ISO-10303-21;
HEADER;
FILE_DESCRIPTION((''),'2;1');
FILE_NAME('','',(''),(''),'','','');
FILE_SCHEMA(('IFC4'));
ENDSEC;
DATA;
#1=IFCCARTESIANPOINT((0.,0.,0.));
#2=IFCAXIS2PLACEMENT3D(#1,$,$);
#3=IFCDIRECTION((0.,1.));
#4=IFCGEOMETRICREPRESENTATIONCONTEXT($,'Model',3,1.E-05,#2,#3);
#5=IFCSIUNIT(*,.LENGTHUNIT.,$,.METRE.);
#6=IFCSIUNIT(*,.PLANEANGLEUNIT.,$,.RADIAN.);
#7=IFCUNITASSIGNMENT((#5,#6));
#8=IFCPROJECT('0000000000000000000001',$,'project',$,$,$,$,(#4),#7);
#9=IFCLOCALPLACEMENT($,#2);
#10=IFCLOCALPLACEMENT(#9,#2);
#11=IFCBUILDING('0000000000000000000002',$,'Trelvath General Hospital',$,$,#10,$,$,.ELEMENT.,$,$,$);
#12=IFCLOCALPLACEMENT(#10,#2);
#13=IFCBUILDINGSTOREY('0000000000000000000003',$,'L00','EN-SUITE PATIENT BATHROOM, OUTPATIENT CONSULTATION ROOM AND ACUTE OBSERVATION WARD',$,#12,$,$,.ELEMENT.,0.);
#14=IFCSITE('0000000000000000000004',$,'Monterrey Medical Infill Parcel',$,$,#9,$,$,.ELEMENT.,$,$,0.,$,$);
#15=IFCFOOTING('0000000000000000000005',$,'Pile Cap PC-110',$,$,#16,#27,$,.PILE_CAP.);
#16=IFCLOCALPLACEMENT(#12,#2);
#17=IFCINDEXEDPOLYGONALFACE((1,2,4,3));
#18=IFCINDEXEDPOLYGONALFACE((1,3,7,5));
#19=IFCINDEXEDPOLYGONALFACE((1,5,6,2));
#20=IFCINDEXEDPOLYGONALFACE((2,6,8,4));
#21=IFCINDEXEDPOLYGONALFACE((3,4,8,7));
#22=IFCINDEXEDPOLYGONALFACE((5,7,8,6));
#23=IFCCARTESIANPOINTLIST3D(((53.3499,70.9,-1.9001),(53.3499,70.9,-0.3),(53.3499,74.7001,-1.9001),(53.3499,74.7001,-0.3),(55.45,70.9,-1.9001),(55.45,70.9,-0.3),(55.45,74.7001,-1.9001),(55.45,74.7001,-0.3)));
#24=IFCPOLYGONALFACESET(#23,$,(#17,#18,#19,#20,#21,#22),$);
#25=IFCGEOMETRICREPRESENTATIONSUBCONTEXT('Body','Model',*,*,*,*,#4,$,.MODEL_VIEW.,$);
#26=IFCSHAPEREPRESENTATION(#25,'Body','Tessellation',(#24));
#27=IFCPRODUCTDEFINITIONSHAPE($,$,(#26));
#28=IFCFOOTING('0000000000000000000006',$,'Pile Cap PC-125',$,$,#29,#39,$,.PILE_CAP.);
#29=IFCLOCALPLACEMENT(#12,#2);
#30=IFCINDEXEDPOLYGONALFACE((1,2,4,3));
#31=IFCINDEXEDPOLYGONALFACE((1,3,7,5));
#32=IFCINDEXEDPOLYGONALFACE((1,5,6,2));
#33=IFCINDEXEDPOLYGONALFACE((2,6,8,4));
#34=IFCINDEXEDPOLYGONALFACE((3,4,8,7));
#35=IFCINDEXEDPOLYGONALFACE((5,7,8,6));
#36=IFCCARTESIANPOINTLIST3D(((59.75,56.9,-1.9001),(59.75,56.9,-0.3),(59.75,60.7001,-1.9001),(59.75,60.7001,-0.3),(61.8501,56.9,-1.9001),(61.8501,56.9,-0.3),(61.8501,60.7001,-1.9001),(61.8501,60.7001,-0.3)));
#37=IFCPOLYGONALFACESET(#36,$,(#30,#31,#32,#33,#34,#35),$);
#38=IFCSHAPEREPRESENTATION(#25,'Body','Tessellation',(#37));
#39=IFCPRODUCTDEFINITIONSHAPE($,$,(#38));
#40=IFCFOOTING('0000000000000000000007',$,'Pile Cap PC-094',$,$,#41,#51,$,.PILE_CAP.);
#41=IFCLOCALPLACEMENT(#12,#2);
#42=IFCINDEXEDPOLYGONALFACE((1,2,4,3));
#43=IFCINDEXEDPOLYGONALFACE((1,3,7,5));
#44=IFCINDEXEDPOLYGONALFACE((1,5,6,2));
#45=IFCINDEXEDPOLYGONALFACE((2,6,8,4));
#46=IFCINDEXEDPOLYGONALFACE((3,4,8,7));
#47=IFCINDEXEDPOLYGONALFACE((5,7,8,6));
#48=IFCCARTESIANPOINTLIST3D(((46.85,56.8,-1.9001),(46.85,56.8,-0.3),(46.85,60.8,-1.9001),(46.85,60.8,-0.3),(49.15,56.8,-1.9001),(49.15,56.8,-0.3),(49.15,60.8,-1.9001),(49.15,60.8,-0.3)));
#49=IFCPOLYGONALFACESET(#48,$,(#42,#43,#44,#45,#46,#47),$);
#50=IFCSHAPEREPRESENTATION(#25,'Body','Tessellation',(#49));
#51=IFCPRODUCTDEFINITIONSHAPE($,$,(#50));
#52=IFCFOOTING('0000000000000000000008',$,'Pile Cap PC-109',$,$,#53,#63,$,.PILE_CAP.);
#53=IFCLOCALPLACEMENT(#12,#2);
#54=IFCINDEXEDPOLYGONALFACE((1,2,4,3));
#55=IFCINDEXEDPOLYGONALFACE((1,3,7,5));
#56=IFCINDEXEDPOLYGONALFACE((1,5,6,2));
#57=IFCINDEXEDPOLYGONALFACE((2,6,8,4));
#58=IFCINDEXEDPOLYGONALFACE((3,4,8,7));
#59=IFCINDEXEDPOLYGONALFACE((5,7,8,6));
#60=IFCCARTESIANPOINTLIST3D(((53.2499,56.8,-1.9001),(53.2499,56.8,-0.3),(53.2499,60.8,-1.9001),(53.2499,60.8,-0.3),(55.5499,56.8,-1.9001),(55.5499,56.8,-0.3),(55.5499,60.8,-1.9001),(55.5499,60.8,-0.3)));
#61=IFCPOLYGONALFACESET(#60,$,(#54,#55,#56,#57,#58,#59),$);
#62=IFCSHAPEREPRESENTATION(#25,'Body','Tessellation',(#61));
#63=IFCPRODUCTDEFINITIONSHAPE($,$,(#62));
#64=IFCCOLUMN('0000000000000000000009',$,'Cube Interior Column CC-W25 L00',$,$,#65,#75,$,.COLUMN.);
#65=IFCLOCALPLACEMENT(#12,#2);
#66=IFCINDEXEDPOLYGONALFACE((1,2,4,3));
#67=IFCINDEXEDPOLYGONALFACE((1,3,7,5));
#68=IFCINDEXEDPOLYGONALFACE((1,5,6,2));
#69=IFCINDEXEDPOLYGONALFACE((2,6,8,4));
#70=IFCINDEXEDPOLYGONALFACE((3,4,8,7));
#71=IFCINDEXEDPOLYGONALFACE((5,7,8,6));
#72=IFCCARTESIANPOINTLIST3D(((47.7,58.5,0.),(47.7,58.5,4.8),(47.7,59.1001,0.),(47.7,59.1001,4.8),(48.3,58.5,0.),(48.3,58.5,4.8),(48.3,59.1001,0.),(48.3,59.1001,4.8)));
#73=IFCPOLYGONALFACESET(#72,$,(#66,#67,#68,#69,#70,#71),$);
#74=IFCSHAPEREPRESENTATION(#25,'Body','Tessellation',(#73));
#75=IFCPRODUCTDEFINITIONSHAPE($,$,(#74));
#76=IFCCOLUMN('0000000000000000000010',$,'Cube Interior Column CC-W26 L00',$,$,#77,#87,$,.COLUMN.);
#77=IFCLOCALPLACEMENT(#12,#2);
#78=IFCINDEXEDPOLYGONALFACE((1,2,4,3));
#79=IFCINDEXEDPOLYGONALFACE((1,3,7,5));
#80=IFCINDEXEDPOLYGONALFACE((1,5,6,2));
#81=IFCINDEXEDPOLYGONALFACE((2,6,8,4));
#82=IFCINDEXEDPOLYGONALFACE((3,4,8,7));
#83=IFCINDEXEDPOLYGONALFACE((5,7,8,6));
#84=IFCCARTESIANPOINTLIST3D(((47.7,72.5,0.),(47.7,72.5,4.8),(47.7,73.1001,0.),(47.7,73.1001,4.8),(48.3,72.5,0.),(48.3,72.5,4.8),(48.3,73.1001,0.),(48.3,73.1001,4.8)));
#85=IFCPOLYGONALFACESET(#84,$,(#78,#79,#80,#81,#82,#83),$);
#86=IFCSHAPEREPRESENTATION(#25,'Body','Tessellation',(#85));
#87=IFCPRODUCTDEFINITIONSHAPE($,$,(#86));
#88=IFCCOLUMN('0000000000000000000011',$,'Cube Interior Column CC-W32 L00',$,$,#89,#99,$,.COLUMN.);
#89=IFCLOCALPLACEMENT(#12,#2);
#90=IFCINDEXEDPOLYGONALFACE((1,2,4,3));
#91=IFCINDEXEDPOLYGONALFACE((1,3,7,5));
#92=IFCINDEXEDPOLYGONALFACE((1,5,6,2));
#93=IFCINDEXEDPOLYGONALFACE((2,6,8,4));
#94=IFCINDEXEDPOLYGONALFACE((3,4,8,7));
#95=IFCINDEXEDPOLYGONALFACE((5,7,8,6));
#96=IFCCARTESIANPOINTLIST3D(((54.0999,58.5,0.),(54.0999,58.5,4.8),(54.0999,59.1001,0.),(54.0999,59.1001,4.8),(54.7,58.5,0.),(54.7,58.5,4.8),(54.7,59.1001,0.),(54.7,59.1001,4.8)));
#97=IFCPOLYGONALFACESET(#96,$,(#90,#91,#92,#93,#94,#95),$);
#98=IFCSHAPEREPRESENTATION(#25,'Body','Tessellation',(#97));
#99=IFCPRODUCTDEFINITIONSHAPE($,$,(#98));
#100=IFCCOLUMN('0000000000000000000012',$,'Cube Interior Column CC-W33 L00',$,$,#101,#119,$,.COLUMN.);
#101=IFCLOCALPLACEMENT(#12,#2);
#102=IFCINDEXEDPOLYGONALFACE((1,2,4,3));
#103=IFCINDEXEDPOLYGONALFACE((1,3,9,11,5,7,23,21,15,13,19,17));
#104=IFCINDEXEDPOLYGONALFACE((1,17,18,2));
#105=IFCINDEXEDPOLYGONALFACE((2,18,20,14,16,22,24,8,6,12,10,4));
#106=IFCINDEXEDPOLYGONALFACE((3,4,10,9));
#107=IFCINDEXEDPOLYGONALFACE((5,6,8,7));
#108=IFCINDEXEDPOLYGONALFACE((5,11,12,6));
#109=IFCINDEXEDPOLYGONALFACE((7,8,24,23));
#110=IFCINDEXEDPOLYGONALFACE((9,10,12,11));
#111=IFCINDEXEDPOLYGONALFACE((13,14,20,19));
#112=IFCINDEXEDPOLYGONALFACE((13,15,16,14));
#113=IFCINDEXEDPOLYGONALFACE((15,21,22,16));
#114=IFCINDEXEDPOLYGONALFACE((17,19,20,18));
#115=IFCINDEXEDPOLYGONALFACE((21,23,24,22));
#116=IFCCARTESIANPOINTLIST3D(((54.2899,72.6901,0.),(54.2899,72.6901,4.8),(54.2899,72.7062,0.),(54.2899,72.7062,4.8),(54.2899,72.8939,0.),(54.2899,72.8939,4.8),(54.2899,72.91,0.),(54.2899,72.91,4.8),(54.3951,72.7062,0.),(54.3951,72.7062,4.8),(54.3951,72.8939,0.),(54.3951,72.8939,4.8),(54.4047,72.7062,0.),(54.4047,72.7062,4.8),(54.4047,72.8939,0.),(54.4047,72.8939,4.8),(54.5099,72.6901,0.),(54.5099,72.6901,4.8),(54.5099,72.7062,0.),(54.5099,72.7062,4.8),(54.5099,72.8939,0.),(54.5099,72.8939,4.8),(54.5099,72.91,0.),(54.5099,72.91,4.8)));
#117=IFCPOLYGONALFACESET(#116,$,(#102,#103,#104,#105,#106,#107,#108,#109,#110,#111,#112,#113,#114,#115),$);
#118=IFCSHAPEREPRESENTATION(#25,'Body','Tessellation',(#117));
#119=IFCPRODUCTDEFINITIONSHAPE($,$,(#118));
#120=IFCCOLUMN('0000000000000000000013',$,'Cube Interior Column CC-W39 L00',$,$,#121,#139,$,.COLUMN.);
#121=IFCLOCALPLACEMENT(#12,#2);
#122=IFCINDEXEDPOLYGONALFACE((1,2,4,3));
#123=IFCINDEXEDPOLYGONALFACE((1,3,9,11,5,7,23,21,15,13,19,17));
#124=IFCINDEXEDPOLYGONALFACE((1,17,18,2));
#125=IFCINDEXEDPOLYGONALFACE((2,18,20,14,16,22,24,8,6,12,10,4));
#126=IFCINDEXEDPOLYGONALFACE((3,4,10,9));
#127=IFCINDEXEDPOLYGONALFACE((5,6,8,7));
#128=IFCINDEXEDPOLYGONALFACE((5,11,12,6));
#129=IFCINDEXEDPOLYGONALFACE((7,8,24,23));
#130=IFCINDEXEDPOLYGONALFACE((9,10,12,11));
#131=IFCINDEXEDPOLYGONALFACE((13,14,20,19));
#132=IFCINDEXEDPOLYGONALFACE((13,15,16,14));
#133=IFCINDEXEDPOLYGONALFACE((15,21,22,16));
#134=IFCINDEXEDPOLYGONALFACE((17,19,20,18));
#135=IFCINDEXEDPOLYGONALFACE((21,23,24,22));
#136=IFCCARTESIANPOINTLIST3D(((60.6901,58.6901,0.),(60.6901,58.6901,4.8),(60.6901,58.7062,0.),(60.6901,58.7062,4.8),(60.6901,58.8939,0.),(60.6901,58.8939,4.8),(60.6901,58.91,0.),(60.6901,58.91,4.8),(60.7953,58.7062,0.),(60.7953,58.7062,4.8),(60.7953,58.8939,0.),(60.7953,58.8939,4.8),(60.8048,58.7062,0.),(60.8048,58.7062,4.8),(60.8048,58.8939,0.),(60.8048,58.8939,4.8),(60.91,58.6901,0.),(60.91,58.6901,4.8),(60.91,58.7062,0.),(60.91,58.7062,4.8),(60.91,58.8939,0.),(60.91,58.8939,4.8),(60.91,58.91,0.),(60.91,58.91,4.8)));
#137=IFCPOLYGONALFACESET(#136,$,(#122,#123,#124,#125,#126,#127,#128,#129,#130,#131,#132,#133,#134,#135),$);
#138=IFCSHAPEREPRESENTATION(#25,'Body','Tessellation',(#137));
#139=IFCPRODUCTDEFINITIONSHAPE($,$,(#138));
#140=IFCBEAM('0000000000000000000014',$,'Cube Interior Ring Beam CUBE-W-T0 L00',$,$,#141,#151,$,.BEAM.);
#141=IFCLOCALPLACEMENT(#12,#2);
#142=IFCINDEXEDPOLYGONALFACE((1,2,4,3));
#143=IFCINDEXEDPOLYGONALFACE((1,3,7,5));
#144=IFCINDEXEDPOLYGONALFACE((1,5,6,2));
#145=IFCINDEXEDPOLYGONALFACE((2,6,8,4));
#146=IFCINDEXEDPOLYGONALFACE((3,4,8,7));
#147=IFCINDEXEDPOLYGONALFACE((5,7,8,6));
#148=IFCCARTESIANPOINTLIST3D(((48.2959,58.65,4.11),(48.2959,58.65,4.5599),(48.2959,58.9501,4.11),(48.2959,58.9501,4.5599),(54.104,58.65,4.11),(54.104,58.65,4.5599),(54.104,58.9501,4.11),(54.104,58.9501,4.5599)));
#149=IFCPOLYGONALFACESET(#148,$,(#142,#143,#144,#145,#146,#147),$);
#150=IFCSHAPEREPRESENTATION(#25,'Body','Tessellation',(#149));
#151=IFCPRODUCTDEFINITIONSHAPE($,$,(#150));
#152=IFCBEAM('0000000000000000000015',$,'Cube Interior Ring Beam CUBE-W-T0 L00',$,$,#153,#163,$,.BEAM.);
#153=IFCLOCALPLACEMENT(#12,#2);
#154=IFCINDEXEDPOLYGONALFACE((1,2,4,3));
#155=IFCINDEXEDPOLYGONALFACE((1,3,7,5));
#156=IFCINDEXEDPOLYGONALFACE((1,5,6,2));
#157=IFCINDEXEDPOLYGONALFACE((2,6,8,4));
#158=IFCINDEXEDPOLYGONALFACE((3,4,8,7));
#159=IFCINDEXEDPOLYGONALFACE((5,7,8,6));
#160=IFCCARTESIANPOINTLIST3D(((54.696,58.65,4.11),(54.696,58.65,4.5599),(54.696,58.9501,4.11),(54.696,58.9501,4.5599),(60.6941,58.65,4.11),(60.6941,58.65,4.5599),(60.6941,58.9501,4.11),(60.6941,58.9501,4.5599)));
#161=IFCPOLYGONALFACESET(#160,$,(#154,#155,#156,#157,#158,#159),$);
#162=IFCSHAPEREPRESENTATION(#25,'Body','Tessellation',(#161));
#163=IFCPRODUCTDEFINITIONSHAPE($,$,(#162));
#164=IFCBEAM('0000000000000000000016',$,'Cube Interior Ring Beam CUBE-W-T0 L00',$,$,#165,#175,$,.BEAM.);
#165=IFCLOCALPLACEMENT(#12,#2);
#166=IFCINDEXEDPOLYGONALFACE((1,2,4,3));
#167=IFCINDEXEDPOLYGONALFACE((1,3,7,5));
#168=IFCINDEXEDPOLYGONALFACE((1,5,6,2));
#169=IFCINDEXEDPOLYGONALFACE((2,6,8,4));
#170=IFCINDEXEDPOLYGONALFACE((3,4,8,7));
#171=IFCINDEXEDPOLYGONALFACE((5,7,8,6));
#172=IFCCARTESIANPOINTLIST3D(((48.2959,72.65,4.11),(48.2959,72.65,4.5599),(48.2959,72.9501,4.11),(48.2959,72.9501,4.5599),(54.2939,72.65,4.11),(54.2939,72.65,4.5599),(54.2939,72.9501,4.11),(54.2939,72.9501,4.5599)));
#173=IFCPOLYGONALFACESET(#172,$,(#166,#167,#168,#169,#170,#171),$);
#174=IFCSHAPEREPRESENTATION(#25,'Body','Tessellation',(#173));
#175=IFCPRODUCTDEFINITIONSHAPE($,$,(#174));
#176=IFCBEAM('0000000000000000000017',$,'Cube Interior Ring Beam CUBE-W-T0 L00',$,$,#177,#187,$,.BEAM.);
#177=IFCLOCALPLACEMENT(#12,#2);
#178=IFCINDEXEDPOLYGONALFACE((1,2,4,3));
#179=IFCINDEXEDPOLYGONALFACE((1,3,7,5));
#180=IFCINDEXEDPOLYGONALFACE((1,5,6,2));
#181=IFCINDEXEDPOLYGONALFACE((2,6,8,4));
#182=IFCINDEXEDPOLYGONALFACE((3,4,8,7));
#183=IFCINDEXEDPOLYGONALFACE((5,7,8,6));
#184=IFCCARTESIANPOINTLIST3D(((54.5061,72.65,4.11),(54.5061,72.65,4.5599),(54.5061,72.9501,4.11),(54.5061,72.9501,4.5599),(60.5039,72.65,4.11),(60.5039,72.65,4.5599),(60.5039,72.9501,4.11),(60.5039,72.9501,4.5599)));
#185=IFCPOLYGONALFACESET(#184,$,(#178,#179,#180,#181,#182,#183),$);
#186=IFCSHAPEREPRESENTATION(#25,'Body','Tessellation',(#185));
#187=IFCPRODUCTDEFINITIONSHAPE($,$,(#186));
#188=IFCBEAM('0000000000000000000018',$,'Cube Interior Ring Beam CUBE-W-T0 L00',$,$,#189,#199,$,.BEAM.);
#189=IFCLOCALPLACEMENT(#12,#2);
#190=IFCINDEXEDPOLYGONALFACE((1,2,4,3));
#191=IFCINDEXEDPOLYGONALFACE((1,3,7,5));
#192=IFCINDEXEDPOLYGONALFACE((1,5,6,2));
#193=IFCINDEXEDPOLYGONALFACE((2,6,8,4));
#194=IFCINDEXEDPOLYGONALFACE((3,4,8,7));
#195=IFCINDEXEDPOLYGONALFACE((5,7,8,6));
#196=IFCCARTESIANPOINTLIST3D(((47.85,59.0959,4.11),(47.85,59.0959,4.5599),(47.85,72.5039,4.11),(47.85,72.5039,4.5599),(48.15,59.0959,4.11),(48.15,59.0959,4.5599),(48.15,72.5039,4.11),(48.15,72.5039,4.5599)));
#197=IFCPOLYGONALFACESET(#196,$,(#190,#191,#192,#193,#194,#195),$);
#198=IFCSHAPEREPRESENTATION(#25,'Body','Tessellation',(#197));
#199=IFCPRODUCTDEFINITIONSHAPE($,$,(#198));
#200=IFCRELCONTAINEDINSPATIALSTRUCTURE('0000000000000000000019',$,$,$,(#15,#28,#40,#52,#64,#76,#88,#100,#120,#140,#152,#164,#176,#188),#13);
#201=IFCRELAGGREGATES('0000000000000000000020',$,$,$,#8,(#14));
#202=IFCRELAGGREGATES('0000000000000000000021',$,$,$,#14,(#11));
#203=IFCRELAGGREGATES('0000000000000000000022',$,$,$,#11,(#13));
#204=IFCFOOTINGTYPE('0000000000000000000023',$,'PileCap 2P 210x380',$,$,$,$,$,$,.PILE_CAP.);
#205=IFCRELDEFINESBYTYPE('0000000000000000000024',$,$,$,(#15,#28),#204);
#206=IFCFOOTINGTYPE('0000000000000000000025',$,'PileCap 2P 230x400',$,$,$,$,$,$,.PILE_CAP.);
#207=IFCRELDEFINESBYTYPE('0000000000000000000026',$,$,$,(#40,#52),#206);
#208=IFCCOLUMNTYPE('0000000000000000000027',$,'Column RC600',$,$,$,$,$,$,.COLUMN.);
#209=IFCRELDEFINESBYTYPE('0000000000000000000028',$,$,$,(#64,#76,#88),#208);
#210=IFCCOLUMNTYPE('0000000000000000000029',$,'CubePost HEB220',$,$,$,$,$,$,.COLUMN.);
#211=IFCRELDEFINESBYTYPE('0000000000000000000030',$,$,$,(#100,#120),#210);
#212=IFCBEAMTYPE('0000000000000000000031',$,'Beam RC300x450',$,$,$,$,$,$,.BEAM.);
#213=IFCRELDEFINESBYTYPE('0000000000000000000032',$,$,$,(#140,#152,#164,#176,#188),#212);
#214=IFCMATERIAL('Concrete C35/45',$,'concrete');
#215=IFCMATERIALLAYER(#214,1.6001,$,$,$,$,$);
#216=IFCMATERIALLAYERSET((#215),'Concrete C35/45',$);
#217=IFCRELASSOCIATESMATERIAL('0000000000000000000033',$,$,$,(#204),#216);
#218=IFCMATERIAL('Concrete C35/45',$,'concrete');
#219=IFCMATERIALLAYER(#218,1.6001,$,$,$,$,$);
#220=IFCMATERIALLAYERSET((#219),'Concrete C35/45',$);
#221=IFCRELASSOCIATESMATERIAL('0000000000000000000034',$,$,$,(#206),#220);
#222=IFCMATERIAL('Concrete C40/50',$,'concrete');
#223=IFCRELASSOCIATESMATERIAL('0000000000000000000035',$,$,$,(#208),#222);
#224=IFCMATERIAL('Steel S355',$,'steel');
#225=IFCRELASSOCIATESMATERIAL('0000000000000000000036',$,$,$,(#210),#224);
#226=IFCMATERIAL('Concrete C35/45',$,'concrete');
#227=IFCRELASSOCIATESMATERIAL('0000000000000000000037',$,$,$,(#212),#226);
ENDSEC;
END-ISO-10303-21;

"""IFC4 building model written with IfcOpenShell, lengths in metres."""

from ifc_helpers import new_model, si_unit, direction, frame, origin, origin_2d, place, context, subcontext, project, spatial, rectangle, i_section, extrude, material, layer, layer_set, material_profile, profile_set, type_object, element, save


model = new_model("IFC4")

# Units and contexts
model_context = context("Model", 3, precision=1e-05, world=origin(), true_north=direction((0.0, 1.0)))
body_context = subcontext(model_context, "Body", "Model", "MODEL_VIEW")
ifc_project = project(units=[si_unit("LENGTHUNIT", "METRE"), si_unit("PLANEANGLEUNIT", "RADIAN")], contexts=[model_context])

# Site, building, storey
site_placement = place(None, origin())
site = spatial("IfcSite", under=ifc_project, at=site_placement, Name="Monterrey Medical Infill Parcel", CompositionType="ELEMENT", RefElevation=0.0)
building_placement = place(site_placement, origin())
building = spatial("IfcBuilding", under=site, at=building_placement, Name="Trelvath General Hospital", CompositionType="ELEMENT")
storey_placement = place(building_placement, origin())
storey = spatial("IfcBuildingStorey", under=building, at=storey_placement, Name="L00", Description="EN-SUITE PATIENT BATHROOM, OUTPATIENT CONSULTATION ROOM AND ACUTE OBSERVATION WARD", CompositionType="ELEMENT", Elevation=0.0)

# Footings
ifc_material_1 = material(Name="Concrete C35/45", Category="concrete")
ifc_layer_1 = layer(ifc_material_1, 1.6001)
ifc_layer_set_1 = layer_set([ifc_layer_1], Name="Concrete C35/45")
footing_type_1 = type_object("IfcFootingType", Name="PileCap 2P 210x380", PredefinedType="PILE_CAP", material=ifc_layer_set_1)
for number, where, z_axis, x_axis, name in (
    (1, (54.3999, 72.8, -1.9001), (0.0, 0.0, 1.0), (1.0, 0.0, 0.0), "Pile Cap PC-110"),
    (2, (60.8, 58.8, -1.9001), (0.0, 0.0, 1.0), (1.0, 0.0, 0.0), "Pile Cap PC-125"),
):
    element("IfcFooting", number, at=place(storey_placement, frame(where, z_axis=z_axis, x_axis=x_axis)), inside=storey, type_object=footing_type_1, Name=name, PredefinedType="PILE_CAP", context=body_context, shape_type="SweptSolid", body=[
        extrude(rectangle(XDim=2.1001, YDim=3.8, at=origin_2d()), origin(), (0.0, 0.0, 1.0), 1.6001),
    ])
ifc_material_2 = material(Name="Concrete C35/45", Category="concrete")
ifc_layer_2 = layer(ifc_material_2, 1.6001)
ifc_layer_set_2 = layer_set([ifc_layer_2], Name="Concrete C35/45")
footing_type_2 = type_object("IfcFootingType", Name="PileCap 2P 230x400", PredefinedType="PILE_CAP", material=ifc_layer_set_2)
for number, where, z_axis, x_axis, name in (
    (3, (48.0, 58.8, -1.9001), (0.0, 0.0, 1.0), (1.0, 0.0, 0.0), "Pile Cap PC-094"),
    (4, (54.3999, 58.8, -1.9001), (0.0, 0.0, 1.0), (1.0, 0.0, 0.0), "Pile Cap PC-109"),
):
    element("IfcFooting", number, at=place(storey_placement, frame(where, z_axis=z_axis, x_axis=x_axis)), inside=storey, type_object=footing_type_2, Name=name, PredefinedType="PILE_CAP", context=body_context, shape_type="SweptSolid", body=[
        extrude(rectangle(XDim=2.3, YDim=4.0, at=origin_2d()), origin(), (0.0, 0.0, 1.0), 1.6001),
    ])

# Columns
ifc_material_3 = material(Name="Concrete C40/50", Category="concrete")
ifc_material_profile_1 = material_profile(ifc_material_3, rectangle(XDim=0.6001, YDim=0.6001, at=origin_2d()), Name="RC600x600")
ifc_profile_set_1 = profile_set([ifc_material_profile_1], Name="Concrete C40/50")
column_type_1 = type_object("IfcColumnType", Name="Column RC600", PredefinedType="COLUMN", material=ifc_profile_set_1)
for number, where, z_axis, x_axis, name in (
    (5, (48.0, 58.8, 0.0), (0.0, 0.0, 1.0), (1.0, 0.0, 0.0), "Cube Interior Column CC-W25 L00"),
    (6, (48.0, 72.8, 0.0), (0.0, 0.0, 1.0), (1.0, 0.0, 0.0), "Cube Interior Column CC-W26 L00"),
    (7, (54.3999, 58.8, 0.0), (0.0, 0.0, 1.0), (1.0, 0.0, 0.0), "Cube Interior Column CC-W32 L00"),
):
    element("IfcColumn", number, at=place(storey_placement, frame(where, z_axis=z_axis, x_axis=x_axis)), inside=storey, type_object=column_type_1, Name=name, PredefinedType="COLUMN", context=body_context, shape_type="SweptSolid", body=[
        extrude(rectangle(XDim=0.6001, YDim=0.6001, at=origin_2d()), origin(), (0.0, 0.0, 1.0), 4.8),
    ])
ifc_material_4 = material(Name="Steel S355", Category="steel")
ifc_material_profile_2 = material_profile(ifc_material_4, i_section(OverallWidth=0.22, OverallDepth=0.22, WebThickness=0.0095, FlangeThickness=0.0161, at=origin_2d()), Name="HEB220")
ifc_profile_set_2 = profile_set([ifc_material_profile_2], Name="Steel S355")
column_type_2 = type_object("IfcColumnType", Name="CubePost HEB220", PredefinedType="COLUMN", material=ifc_profile_set_2)
for number, where, z_axis, x_axis, name in (
    (8, (54.3999, 72.8, 0.0), (0.0, 0.0, 1.0), (1.0, 0.0, 0.0), "Cube Interior Column CC-W33 L00"),
    (9, (60.8, 58.8, 0.0), (0.0, 0.0, 1.0), (1.0, 0.0, 0.0), "Cube Interior Column CC-W39 L00"),
):
    element("IfcColumn", number, at=place(storey_placement, frame(where, z_axis=z_axis, x_axis=x_axis)), inside=storey, type_object=column_type_2, Name=name, PredefinedType="COLUMN", context=body_context, shape_type="SweptSolid", body=[
        extrude(i_section(OverallWidth=0.22, OverallDepth=0.22, WebThickness=0.0095, FlangeThickness=0.0161, at=origin_2d()), origin(), (0.0, 0.0, 1.0), 4.8),
    ])

# Beams
ifc_material_5 = material(Name="Concrete C35/45", Category="concrete")
ifc_material_profile_3 = material_profile(ifc_material_5, rectangle(XDim=0.3, YDim=0.45, at=origin_2d()), Name="RCB300x450")
ifc_profile_set_3 = profile_set([ifc_material_profile_3], Name="Concrete C35/45")
beam_type = type_object("IfcBeamType", Name="Beam RC300x450", PredefinedType="BEAM", material=ifc_profile_set_3)
beam_1_placement = place(storey_placement, frame((48.2959, 58.8, 4.335), z_axis=(1.0, 0.0, 0.0), x_axis=(0.0, 1.0, 0.0)))
element("IfcBeam", 10, at=beam_1_placement, inside=storey, type_object=beam_type, Name="Cube Interior Ring Beam CUBE-W-T0 L00", PredefinedType="BEAM", context=body_context, shape_type="SweptSolid", body=[
    extrude(rectangle(XDim=0.3, YDim=0.45, at=origin_2d()), origin(), (0.0, 0.0, 1.0), 5.8081),
])
for number, where, z_axis, x_axis, name in (
    (11, (54.696, 58.8, 4.335), (1.0, 0.0, 0.0), (0.0, 1.0, 0.0), "Cube Interior Ring Beam CUBE-W-T0 L00"),
    (12, (48.2959, 72.8, 4.335), (1.0, 0.0, 0.0), (0.0, 1.0, 0.0), "Cube Interior Ring Beam CUBE-W-T0 L00"),
):
    element("IfcBeam", number, at=place(storey_placement, frame(where, z_axis=z_axis, x_axis=x_axis)), inside=storey, type_object=beam_type, Name=name, PredefinedType="BEAM", context=body_context, shape_type="SweptSolid", body=[
        extrude(rectangle(XDim=0.3, YDim=0.45, at=origin_2d()), origin(), (0.0, 0.0, 1.0), 5.998),
    ])
beam_2_placement = place(storey_placement, frame((54.5061, 72.8, 4.335), z_axis=(1.0, 0.0, 0.0), x_axis=(0.0, 1.0, 0.0)))
element("IfcBeam", 13, at=beam_2_placement, inside=storey, type_object=beam_type, Name="Cube Interior Ring Beam CUBE-W-T0 L00", PredefinedType="BEAM", context=body_context, shape_type="SweptSolid", body=[
    extrude(rectangle(XDim=0.3, YDim=0.45, at=origin_2d()), origin(), (0.0, 0.0, 1.0), 5.9978),
])
beam_3_placement = place(storey_placement, frame((48.0, 59.0959, 4.335), z_axis=(0.0, 1.0, 0.0), x_axis=(-1.0, 0.0, 0.0)))
element("IfcBeam", 14, at=beam_3_placement, inside=storey, type_object=beam_type, Name="Cube Interior Ring Beam CUBE-W-T0 L00", PredefinedType="BEAM", context=body_context, shape_type="SweptSolid", body=[
    extrude(rectangle(XDim=0.3, YDim=0.45, at=origin_2d()), origin(), (0.0, 0.0, 1.0), 13.408),
])

save(model, "model.ifc")
